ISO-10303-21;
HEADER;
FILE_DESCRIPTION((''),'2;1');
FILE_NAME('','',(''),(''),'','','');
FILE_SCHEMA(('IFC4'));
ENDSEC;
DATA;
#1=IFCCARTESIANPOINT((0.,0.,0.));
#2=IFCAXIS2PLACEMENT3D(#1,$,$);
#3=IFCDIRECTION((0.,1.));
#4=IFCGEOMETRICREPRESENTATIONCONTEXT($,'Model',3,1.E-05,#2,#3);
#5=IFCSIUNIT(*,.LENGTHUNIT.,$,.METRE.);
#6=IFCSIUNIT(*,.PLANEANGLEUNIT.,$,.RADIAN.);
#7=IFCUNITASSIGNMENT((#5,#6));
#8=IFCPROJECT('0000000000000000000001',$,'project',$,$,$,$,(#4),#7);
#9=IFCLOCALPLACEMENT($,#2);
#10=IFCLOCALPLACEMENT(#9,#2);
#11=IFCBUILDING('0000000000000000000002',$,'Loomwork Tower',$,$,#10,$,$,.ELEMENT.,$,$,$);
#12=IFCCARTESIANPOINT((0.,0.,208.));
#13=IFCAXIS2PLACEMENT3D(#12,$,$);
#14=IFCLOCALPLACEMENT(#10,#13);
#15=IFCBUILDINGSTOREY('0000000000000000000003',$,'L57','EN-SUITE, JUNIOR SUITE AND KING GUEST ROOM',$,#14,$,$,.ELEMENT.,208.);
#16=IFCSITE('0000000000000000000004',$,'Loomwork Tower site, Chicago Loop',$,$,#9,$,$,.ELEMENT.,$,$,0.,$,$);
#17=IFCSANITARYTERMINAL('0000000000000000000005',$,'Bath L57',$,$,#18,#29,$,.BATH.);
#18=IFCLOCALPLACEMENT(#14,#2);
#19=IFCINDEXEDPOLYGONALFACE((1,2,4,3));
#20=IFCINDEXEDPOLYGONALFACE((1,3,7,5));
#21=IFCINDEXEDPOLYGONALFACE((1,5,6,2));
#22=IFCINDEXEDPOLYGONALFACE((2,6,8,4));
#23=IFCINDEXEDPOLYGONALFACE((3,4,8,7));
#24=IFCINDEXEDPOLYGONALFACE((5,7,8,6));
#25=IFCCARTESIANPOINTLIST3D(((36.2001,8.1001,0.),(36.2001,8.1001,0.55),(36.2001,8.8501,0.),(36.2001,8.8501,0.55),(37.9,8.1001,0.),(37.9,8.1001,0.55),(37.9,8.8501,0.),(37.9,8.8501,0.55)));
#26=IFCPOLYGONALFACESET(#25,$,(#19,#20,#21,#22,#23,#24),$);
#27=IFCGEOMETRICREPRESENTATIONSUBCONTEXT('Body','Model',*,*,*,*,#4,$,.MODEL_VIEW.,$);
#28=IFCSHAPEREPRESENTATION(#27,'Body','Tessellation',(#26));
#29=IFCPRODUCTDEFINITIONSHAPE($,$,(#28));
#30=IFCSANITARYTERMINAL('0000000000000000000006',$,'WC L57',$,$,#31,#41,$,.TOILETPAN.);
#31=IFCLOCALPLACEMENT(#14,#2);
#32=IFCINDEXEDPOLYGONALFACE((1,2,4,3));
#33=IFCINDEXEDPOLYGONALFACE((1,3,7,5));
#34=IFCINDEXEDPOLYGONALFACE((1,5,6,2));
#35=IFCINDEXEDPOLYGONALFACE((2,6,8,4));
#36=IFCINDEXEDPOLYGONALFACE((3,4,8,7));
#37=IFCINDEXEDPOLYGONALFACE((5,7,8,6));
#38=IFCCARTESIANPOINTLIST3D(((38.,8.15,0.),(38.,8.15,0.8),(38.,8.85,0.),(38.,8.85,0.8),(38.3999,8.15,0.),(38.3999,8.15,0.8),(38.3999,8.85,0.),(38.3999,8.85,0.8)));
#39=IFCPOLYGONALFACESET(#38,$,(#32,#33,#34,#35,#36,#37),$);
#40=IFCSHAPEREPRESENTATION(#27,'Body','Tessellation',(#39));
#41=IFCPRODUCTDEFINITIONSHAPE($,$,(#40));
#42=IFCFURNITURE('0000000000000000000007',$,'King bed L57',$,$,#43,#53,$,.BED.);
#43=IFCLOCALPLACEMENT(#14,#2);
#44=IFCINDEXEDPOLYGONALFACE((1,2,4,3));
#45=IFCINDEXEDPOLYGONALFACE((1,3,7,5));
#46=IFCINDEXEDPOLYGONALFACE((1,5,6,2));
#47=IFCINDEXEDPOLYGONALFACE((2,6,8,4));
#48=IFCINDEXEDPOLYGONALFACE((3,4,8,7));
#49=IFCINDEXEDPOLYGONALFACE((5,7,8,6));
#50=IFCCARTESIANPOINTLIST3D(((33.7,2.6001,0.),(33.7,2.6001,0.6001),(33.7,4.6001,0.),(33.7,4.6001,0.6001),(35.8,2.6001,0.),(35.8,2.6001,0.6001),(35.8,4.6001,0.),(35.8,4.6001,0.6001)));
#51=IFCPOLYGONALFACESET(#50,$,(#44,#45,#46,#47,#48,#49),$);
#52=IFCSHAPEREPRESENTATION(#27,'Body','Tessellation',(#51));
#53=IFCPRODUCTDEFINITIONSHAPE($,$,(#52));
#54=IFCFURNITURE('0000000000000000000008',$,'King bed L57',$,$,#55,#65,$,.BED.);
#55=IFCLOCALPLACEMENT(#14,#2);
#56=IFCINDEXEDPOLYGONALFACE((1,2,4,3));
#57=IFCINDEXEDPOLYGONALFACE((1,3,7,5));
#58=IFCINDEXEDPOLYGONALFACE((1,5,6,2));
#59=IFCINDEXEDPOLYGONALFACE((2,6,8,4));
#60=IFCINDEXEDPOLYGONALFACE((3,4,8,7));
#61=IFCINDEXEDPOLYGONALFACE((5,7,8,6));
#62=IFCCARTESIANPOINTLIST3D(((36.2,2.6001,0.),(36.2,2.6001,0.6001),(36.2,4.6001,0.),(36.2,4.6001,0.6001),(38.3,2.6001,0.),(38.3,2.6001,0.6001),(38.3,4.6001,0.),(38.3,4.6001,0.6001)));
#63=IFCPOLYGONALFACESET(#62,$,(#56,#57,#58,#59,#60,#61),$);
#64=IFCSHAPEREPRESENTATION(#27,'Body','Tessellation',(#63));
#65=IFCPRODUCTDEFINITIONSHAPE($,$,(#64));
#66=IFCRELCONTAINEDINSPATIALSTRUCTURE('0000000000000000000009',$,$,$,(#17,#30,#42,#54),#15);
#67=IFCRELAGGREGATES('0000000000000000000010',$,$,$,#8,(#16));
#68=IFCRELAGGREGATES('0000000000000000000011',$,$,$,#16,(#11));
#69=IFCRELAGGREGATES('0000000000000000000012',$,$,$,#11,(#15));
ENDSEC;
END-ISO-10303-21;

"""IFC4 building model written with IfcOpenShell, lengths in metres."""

from ifc_helpers import new_model, si_unit, direction, frame, origin, origin_2d, place, context, subcontext, project, spatial, rectangle, extrude, element, save


model = new_model("IFC4")

# Units and contexts
model_context = context("Model", 3, precision=1e-05, world=origin(), true_north=direction((0.0, 1.0)))
body_context = subcontext(model_context, "Body", "Model", "MODEL_VIEW")
ifc_project = project(units=[si_unit("LENGTHUNIT", "METRE"), si_unit("PLANEANGLEUNIT", "RADIAN")], contexts=[model_context])

# Site, building, storey
site_placement = place(None, origin())
site = spatial("IfcSite", under=ifc_project, at=site_placement, Name="Loomwork Tower site, Chicago Loop", CompositionType="ELEMENT", RefElevation=0.0)
building_placement = place(site_placement, origin())
building = spatial("IfcBuilding", under=site, at=building_placement, Name="Loomwork Tower", CompositionType="ELEMENT")
storey_placement = place(building_placement, frame((0.0, 0.0, 208.0)))
storey = spatial("IfcBuildingStorey", under=building, at=storey_placement, Name="L57", Description="EN-SUITE, JUNIOR SUITE AND KING GUEST ROOM", CompositionType="ELEMENT", Elevation=208.0)

# Sanitary terminals
sanitary_terminal_1_placement = place(storey_placement, frame((37.05, 8.4751, 0.0), z_axis=(0.0, 0.0, 1.0), x_axis=(1.0, 0.0, 0.0)))
element("IfcSanitaryTerminal", 1, at=sanitary_terminal_1_placement, inside=storey, Name="Bath L57", PredefinedType="BATH", context=body_context, shape_type="SweptSolid", body=[
    extrude(rectangle(XDim=1.7, YDim=0.75, at=origin_2d()), origin(), (0.0, 0.0, 1.0), 0.55),
])
sanitary_terminal_2_placement = place(storey_placement, frame((38.2, 8.5, 0.0), z_axis=(0.0, 0.0, 1.0), x_axis=(1.0, 0.0, 0.0)))
element("IfcSanitaryTerminal", 2, at=sanitary_terminal_2_placement, inside=storey, Name="WC L57", PredefinedType="TOILETPAN", context=body_context, shape_type="SweptSolid", body=[
    extrude(rectangle(XDim=0.3999, YDim=0.7, at=origin_2d()), origin(), (0.0, 0.0, 1.0), 0.8),
])

# Furniture
for number, where, z_axis, x_axis, name in (
    (3, (34.75, 3.6001, 0.0), (0.0, 0.0, 1.0), (1.0, 0.0, 0.0), "King bed L57"),
    (4, (37.25, 3.6001, 0.0), (0.0, 0.0, 1.0), (1.0, 0.0, 0.0), "King bed L57"),
):
    element("IfcFurniture", number, at=place(storey_placement, frame(where, z_axis=z_axis, x_axis=x_axis)), inside=storey, Name=name, PredefinedType="BED", context=body_context, shape_type="SweptSolid", body=[
        extrude(rectangle(XDim=2.1001, YDim=2.0, at=origin_2d()), origin(), (0.0, 0.0, 1.0), 0.6001),
    ])

save(model, "model.ifc")
